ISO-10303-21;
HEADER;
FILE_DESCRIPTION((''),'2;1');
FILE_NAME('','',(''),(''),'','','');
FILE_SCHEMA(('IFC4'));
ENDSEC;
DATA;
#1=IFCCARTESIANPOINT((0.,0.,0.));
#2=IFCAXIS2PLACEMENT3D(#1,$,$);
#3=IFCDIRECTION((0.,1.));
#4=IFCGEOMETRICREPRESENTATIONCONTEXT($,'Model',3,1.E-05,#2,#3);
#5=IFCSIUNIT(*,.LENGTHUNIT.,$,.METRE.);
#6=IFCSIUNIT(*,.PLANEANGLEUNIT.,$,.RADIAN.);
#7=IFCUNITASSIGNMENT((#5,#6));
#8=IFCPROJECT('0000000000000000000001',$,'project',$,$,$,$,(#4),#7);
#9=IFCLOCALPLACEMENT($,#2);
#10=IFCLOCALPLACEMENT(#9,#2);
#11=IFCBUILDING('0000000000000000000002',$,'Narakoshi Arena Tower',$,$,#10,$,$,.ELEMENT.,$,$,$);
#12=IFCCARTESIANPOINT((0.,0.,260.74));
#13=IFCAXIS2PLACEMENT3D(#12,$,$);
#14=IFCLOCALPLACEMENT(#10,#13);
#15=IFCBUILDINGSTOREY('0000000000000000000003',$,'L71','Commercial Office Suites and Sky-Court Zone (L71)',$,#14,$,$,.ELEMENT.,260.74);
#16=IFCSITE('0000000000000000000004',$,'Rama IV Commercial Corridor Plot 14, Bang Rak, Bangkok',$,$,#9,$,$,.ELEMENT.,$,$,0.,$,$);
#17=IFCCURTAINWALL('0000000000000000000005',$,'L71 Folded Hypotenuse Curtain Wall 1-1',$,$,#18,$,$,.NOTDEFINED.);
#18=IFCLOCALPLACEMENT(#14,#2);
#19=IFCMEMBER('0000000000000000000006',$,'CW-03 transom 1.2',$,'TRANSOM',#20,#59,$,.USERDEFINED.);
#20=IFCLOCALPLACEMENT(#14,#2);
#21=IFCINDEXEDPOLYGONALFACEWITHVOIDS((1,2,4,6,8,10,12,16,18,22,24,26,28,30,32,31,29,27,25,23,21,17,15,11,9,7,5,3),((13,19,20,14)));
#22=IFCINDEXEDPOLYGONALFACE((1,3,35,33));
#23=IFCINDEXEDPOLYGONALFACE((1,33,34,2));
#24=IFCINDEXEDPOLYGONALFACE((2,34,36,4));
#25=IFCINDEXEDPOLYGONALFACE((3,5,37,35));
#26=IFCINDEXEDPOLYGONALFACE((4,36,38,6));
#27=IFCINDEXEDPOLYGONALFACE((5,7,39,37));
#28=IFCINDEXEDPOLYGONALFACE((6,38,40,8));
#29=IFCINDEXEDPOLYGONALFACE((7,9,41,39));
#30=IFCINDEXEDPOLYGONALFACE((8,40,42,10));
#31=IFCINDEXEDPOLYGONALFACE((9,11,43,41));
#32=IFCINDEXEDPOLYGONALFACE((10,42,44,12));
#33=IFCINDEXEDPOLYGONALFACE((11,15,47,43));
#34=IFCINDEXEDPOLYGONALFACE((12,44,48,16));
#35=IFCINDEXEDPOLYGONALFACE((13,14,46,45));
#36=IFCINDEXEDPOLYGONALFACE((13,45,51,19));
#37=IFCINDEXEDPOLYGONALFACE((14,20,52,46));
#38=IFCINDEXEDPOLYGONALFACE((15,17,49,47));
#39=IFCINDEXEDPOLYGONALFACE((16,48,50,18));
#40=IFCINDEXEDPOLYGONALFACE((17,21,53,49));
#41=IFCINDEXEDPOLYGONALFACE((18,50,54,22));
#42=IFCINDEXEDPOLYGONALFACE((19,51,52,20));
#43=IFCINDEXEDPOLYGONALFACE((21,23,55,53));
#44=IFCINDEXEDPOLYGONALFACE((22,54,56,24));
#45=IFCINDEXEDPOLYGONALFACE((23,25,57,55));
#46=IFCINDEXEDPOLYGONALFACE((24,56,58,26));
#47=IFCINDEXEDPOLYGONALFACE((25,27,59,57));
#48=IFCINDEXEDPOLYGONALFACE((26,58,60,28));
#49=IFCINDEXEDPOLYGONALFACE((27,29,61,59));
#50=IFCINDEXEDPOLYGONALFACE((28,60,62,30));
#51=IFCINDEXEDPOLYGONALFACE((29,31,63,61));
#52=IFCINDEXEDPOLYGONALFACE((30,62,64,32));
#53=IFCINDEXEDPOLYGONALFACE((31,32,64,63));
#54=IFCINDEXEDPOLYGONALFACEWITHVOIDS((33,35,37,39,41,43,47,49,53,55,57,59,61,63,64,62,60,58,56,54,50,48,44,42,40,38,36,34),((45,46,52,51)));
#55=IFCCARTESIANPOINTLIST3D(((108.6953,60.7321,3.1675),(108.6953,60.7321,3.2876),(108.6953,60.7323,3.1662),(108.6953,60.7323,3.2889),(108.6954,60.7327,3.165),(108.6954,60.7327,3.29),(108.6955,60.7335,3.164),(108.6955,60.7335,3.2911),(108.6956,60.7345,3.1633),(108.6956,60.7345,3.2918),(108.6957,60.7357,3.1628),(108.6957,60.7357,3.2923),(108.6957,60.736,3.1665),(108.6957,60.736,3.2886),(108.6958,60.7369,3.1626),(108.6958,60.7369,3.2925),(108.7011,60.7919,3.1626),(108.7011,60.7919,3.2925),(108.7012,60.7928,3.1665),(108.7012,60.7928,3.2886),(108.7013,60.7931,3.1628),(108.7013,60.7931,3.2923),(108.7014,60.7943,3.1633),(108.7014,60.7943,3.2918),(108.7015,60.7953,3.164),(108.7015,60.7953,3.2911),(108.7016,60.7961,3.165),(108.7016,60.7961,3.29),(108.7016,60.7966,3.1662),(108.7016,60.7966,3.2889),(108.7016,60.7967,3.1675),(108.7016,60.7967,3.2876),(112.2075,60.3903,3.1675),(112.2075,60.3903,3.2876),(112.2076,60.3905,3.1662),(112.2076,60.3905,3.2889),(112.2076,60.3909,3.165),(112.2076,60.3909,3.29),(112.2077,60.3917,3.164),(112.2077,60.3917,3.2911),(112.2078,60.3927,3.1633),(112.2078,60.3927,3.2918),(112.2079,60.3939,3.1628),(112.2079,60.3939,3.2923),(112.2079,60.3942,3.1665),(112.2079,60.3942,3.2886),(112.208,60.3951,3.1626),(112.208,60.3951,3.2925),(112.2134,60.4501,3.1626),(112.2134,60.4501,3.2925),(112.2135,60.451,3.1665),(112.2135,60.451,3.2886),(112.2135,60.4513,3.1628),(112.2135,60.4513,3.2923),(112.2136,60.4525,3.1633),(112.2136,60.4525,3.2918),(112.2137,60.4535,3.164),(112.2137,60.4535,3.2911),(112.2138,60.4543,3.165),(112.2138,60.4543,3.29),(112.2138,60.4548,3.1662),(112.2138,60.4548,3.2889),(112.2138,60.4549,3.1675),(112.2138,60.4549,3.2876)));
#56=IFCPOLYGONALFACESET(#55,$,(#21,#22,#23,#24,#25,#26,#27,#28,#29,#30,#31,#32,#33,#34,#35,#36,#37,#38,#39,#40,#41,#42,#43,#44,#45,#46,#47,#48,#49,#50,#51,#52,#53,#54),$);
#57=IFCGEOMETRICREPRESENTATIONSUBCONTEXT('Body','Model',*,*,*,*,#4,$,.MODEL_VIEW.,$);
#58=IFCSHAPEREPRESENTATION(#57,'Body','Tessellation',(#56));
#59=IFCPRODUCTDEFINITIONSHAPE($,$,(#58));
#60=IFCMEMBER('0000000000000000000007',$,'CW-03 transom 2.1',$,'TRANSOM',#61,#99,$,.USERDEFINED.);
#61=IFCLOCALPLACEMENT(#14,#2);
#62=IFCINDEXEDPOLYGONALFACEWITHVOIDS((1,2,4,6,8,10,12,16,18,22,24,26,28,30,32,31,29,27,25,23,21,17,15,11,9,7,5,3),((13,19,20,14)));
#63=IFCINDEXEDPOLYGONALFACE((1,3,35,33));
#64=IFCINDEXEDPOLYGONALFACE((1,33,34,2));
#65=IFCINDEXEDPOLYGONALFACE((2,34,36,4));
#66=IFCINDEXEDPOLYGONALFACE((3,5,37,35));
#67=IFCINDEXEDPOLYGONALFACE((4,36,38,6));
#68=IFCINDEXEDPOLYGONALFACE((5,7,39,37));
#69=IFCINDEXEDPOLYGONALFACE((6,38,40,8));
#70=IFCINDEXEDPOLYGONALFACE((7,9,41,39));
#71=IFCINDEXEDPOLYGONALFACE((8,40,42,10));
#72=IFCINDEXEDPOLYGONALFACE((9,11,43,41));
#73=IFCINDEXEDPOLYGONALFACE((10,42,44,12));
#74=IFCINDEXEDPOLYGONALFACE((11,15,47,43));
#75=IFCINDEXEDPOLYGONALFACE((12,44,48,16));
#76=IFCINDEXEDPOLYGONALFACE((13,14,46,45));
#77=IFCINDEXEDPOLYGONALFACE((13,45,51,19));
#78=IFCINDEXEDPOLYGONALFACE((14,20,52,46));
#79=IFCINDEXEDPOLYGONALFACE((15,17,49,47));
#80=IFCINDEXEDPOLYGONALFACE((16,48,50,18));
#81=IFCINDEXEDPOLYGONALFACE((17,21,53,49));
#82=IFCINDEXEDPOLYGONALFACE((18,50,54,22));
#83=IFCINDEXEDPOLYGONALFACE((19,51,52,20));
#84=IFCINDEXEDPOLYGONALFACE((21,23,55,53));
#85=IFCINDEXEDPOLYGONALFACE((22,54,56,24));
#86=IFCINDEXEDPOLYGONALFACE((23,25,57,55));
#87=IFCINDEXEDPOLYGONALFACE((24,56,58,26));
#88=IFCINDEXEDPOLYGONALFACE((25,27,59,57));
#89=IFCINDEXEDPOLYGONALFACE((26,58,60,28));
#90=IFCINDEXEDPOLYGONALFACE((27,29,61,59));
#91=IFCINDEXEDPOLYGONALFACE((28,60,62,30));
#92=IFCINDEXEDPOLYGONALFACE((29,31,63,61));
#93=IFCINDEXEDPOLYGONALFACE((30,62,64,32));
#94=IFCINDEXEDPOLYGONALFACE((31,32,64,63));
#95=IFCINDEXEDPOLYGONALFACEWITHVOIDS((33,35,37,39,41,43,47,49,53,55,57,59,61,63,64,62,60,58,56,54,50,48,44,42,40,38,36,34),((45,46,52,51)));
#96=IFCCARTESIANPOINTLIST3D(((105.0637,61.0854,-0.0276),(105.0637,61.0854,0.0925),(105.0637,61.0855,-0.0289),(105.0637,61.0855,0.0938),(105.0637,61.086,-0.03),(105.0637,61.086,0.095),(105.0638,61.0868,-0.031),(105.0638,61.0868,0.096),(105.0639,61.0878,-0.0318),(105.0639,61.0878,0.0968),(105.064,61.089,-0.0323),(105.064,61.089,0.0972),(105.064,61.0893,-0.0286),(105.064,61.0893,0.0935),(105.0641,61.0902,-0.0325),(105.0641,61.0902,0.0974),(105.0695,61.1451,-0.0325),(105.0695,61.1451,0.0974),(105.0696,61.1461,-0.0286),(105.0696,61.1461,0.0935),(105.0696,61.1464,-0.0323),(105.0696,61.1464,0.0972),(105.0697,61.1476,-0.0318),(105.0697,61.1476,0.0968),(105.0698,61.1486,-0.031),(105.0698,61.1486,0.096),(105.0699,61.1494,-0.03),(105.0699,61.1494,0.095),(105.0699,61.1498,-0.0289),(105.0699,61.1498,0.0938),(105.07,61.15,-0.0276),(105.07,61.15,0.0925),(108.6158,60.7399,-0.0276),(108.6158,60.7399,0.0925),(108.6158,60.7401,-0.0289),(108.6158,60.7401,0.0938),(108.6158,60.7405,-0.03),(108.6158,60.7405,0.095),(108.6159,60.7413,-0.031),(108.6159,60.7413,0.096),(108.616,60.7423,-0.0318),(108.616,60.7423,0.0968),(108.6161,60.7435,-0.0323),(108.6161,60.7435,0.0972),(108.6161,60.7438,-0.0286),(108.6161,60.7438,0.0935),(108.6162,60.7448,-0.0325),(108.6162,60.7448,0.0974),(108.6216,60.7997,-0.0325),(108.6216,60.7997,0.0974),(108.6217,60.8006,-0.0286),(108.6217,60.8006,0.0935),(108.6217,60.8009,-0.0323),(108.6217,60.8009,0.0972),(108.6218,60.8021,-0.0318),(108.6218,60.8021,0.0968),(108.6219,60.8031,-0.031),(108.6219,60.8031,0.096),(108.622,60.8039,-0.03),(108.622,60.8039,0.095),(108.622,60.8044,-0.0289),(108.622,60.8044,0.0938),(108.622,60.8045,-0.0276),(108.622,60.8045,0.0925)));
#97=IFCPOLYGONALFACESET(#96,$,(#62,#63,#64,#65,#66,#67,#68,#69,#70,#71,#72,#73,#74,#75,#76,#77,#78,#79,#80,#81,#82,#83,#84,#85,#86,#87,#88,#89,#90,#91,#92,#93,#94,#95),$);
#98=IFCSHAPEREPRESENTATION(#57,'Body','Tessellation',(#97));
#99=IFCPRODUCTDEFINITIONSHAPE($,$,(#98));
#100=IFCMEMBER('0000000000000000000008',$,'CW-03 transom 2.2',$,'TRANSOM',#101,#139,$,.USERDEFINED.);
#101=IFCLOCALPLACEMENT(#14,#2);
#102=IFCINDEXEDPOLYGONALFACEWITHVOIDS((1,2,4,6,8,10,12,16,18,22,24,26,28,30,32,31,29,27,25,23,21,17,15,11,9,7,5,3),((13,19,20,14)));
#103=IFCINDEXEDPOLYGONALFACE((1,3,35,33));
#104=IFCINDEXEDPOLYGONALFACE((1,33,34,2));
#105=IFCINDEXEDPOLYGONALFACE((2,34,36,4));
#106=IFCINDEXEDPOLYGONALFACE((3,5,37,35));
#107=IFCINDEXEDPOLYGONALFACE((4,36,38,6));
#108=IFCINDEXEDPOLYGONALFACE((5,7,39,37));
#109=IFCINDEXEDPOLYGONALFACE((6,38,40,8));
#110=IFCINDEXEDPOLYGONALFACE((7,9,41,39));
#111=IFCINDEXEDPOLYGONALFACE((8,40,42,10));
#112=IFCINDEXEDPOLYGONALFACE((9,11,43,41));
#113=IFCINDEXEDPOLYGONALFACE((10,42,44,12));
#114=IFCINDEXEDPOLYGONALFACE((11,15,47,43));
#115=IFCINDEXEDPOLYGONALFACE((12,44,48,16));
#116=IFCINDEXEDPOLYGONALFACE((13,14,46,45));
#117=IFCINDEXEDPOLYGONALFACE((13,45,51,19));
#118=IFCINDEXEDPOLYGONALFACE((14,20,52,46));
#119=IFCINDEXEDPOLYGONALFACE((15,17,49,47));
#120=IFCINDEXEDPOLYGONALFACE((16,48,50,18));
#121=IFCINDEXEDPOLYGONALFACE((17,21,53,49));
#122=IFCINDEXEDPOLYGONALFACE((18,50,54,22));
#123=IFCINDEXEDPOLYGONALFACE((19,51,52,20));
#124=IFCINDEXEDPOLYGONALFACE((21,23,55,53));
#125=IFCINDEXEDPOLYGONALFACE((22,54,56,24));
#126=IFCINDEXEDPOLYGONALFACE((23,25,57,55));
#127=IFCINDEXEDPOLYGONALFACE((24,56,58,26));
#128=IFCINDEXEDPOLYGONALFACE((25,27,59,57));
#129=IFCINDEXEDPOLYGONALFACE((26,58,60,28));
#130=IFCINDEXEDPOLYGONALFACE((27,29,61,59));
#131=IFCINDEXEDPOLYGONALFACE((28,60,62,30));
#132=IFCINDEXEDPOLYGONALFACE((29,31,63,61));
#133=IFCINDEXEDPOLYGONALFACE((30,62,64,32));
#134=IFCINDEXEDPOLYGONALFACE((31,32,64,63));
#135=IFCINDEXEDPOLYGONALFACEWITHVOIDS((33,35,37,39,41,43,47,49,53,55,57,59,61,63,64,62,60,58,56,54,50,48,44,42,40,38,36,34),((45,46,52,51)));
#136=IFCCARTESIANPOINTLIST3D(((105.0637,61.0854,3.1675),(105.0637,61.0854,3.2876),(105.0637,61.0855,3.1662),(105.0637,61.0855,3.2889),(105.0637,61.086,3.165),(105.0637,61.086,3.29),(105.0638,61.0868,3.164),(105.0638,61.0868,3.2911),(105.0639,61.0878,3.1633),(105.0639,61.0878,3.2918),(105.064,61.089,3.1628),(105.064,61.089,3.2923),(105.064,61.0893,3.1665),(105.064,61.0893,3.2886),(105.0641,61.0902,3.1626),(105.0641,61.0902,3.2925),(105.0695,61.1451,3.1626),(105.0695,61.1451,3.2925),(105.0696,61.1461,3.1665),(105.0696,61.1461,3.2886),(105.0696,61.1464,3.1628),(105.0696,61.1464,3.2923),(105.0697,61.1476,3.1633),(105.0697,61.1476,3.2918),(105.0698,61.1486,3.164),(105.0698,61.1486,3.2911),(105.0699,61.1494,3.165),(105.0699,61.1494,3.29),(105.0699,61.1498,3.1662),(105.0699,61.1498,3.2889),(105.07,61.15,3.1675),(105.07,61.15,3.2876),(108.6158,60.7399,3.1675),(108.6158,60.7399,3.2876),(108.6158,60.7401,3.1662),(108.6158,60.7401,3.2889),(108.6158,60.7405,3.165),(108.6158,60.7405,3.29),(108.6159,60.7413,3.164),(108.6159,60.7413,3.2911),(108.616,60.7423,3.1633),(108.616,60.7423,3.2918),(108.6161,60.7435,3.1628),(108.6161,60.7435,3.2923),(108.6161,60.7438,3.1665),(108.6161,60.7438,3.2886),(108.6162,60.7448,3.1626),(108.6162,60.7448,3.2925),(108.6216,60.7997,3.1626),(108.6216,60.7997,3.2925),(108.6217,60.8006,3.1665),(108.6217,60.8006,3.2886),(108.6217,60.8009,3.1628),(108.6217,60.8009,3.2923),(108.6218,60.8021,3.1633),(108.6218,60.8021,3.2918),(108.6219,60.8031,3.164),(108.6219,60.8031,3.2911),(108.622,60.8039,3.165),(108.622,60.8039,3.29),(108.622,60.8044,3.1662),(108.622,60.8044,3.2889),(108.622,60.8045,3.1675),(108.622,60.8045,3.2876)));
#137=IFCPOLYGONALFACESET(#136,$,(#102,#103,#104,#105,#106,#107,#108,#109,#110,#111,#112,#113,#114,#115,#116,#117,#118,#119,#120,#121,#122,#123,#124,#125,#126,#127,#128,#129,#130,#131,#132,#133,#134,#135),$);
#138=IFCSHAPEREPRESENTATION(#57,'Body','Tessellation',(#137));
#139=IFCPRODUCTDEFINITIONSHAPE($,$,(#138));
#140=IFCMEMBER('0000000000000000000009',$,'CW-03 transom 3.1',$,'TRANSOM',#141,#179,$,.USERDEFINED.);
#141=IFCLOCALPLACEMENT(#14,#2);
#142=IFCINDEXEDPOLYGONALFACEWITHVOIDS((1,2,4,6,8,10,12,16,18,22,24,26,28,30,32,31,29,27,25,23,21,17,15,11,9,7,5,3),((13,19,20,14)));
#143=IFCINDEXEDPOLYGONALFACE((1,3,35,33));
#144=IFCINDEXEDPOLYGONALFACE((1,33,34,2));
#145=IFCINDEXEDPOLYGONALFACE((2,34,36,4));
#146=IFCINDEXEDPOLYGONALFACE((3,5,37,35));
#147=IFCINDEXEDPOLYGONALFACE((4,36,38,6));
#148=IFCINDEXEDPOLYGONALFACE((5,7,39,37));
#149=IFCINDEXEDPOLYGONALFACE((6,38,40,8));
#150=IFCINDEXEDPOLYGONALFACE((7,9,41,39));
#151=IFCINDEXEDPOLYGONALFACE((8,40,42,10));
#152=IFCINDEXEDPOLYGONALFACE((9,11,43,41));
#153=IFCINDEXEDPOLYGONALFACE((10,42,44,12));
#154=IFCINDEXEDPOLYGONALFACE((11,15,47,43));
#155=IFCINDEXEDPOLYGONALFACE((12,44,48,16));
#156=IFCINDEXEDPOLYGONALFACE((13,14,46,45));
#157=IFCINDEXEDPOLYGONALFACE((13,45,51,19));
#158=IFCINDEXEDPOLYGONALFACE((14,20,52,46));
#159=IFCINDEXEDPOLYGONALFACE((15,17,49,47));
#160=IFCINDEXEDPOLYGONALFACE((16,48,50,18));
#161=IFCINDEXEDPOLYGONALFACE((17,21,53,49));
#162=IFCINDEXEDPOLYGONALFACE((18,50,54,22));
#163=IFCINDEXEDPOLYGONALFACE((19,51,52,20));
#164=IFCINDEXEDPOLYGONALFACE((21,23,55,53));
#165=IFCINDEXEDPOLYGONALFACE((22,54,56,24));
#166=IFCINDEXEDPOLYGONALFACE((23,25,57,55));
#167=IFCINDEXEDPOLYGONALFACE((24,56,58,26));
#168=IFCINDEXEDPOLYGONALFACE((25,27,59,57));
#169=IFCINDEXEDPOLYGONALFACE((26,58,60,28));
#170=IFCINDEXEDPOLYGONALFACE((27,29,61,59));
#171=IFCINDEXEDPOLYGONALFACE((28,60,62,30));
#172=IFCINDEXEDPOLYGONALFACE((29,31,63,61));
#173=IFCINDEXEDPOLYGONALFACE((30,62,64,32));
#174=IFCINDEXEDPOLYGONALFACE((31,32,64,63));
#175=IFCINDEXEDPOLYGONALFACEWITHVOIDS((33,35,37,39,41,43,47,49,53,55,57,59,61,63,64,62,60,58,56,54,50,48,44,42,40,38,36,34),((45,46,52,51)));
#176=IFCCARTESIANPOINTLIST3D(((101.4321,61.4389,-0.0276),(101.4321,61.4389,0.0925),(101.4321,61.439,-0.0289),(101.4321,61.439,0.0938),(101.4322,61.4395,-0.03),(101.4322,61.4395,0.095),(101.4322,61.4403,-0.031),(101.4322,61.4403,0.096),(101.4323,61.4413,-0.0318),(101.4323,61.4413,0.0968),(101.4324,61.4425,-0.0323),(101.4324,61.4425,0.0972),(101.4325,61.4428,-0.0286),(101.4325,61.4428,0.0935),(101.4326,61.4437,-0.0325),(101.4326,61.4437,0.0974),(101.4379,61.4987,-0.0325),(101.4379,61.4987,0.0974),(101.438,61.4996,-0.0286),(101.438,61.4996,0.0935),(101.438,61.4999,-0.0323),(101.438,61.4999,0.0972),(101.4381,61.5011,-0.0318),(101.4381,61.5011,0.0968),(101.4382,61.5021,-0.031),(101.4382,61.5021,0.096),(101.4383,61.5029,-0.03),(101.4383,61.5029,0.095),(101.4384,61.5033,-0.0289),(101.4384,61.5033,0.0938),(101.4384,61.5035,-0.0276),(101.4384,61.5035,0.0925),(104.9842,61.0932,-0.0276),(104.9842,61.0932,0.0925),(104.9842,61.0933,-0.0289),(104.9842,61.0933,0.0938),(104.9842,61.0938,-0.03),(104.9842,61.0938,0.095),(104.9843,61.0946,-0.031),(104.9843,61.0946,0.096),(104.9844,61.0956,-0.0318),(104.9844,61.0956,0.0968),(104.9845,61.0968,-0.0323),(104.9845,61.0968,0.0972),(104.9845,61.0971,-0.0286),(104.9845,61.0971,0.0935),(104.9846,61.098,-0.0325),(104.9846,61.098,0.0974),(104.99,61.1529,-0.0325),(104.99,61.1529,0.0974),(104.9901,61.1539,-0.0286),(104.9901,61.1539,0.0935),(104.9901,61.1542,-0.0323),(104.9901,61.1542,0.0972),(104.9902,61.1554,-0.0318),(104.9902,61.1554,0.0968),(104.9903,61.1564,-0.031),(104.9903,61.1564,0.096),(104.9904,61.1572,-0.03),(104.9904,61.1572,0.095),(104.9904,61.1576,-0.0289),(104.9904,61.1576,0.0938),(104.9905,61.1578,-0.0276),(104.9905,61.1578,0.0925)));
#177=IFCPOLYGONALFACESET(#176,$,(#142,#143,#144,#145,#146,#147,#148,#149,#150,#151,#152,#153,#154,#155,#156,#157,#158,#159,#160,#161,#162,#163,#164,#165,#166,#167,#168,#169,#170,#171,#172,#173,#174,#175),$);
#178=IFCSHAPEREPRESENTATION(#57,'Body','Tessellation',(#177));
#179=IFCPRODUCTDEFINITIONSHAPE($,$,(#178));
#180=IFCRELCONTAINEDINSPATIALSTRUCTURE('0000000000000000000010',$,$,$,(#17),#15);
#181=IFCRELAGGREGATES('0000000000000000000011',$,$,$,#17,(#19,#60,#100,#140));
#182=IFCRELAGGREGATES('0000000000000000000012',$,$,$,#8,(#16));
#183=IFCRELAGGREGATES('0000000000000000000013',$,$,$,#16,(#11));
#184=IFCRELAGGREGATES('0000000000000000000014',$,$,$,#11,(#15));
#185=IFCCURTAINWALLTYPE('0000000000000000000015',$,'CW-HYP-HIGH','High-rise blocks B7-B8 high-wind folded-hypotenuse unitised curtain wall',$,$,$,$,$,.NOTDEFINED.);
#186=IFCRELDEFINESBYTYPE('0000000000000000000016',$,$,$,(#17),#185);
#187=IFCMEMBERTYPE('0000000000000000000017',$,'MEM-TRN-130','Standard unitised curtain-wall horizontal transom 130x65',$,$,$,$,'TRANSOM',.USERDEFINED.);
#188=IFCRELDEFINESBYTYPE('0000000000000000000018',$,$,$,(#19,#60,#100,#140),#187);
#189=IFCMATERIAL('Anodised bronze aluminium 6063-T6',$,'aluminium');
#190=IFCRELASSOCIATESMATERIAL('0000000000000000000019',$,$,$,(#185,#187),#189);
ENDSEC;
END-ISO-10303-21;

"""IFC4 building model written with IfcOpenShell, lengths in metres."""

from ifc_helpers import new_model, si_unit, direction, frame, origin, origin_2d, place, context, subcontext, project, spatial, hollow_rectangle, extrude, material, material_profile, profile_set, type_object, element, aggregate, save


model = new_model("IFC4")

# Units and contexts
model_context = context("Model", 3, precision=1e-05, world=origin(), true_north=direction((0.0, 1.0)))
body_context = subcontext(model_context, "Body", "Model", "MODEL_VIEW")
ifc_project = project(units=[si_unit("LENGTHUNIT", "METRE"), si_unit("PLANEANGLEUNIT", "RADIAN")], contexts=[model_context])

# Site, building, storey
site_placement = place(None, origin())
site = spatial("IfcSite", under=ifc_project, at=site_placement, Name="Rama IV Commercial Corridor Plot 14, Bang Rak, Bangkok", CompositionType="ELEMENT", RefElevation=0.0)
building_placement = place(site_placement, origin())
building = spatial("IfcBuilding", under=site, at=building_placement, Name="Narakoshi Arena Tower", CompositionType="ELEMENT")
storey_placement = place(building_placement, frame((0.0, 0.0, 260.74)))
storey = spatial("IfcBuildingStorey", under=building, at=storey_placement, Name="L71", Description="Commercial Office Suites and Sky-Court Zone (L71)", CompositionType="ELEMENT", Elevation=260.74)

# Curtain wall, members
ifc_material_1 = material(Name="Anodised bronze aluminium 6063-T6", Category="aluminium")
curtain_wall_type = type_object("IfcCurtainWallType", Name="CW-HYP-HIGH", Description="High-rise blocks B7-B8 high-wind folded-hypotenuse unitised curtain wall", PredefinedType="NOTDEFINED", material=ifc_material_1)
curtain_wall_placement = place(storey_placement, origin())
curtain_wall = element("IfcCurtainWall", 1, at=curtain_wall_placement, inside=storey, type_object=curtain_wall_type, Name="L71 Folded Hypotenuse Curtain Wall 1-1", PredefinedType="NOTDEFINED")
ifc_material_profile_1 = material_profile(ifc_material_1, hollow_rectangle(XDim=0.0649, YDim=0.1299, WallThickness=0.0039, OuterFilletRadius=0.0049, at=origin_2d()), Name="TRN130x65x4")
ifc_profile_set_1 = profile_set([ifc_material_profile_1], Name="Anodised bronze aluminium 6063-T6")
member_type_1 = type_object("IfcMemberType", Name="MEM-TRN-130", Description="Standard unitised curtain-wall horizontal transom 130x65", ElementType="TRANSOM", PredefinedType="USERDEFINED", material=ifc_profile_set_1)
member_1_placement = place(storey_placement, frame((112.2107, 60.4226, 3.2275), z_axis=(-0.995298, 0.096859, 0.0), x_axis=(-0.096859, -0.995298, 0.0)))
member_1 = element("IfcMember", 2, at=member_1_placement, type_object=member_type_1, Name="CW-03 transom 1.2", ObjectType="TRANSOM", PredefinedType="USERDEFINED", context=body_context, shape_type="SweptSolid", body=[
    extrude(hollow_rectangle(XDim=0.0649, YDim=0.1299, WallThickness=0.0039, OuterFilletRadius=0.0049, at=origin_2d()), origin(), (0.0, 0.0, 1.0), 3.5288),
])
member_2_placement = place(storey_placement, frame((108.6189, 60.7722, 0.0325), z_axis=(-0.995304, 0.096801, 0.0), x_axis=(-0.096801, -0.995304, 0.0)))
member_2 = element("IfcMember", 3, at=member_2_placement, type_object=member_type_1, Name="CW-03 transom 2.1", ObjectType="TRANSOM", PredefinedType="USERDEFINED", context=body_context, shape_type="SweptSolid", body=[
    extrude(hollow_rectangle(XDim=0.0649, YDim=0.1299, WallThickness=0.0039, OuterFilletRadius=0.0049, at=origin_2d()), origin(), (0.0, 0.0, 1.0), 3.5688),
])
member_3_placement = place(storey_placement, frame((108.6189, 60.7722, 3.2275), z_axis=(-0.995304, 0.096801, 0.0), x_axis=(-0.096801, -0.995304, 0.0)))
member_3 = element("IfcMember", 4, at=member_3_placement, type_object=member_type_1, Name="CW-03 transom 2.2", ObjectType="TRANSOM", PredefinedType="USERDEFINED", context=body_context, shape_type="SweptSolid", body=[
    extrude(hollow_rectangle(XDim=0.0649, YDim=0.1299, WallThickness=0.0039, OuterFilletRadius=0.0049, at=origin_2d()), origin(), (0.0, 0.0, 1.0), 3.5688),
])
member_4_placement = place(storey_placement, frame((104.9873, 61.1255, 0.0325), z_axis=(-0.995297, 0.096869, 0.0), x_axis=(-0.096869, -0.995297, 0.0)))
member_4 = element("IfcMember", 5, at=member_4_placement, type_object=member_type_1, Name="CW-03 transom 3.1", ObjectType="TRANSOM", PredefinedType="USERDEFINED", context=body_context, shape_type="SweptSolid", body=[
    extrude(hollow_rectangle(XDim=0.0649, YDim=0.1299, WallThickness=0.0039, OuterFilletRadius=0.0049, at=origin_2d()), origin(), (0.0, 0.0, 1.0), 3.5688),
])
aggregate(curtain_wall, [member_1, member_2, member_3, member_4])

save(model, "model.ifc")
